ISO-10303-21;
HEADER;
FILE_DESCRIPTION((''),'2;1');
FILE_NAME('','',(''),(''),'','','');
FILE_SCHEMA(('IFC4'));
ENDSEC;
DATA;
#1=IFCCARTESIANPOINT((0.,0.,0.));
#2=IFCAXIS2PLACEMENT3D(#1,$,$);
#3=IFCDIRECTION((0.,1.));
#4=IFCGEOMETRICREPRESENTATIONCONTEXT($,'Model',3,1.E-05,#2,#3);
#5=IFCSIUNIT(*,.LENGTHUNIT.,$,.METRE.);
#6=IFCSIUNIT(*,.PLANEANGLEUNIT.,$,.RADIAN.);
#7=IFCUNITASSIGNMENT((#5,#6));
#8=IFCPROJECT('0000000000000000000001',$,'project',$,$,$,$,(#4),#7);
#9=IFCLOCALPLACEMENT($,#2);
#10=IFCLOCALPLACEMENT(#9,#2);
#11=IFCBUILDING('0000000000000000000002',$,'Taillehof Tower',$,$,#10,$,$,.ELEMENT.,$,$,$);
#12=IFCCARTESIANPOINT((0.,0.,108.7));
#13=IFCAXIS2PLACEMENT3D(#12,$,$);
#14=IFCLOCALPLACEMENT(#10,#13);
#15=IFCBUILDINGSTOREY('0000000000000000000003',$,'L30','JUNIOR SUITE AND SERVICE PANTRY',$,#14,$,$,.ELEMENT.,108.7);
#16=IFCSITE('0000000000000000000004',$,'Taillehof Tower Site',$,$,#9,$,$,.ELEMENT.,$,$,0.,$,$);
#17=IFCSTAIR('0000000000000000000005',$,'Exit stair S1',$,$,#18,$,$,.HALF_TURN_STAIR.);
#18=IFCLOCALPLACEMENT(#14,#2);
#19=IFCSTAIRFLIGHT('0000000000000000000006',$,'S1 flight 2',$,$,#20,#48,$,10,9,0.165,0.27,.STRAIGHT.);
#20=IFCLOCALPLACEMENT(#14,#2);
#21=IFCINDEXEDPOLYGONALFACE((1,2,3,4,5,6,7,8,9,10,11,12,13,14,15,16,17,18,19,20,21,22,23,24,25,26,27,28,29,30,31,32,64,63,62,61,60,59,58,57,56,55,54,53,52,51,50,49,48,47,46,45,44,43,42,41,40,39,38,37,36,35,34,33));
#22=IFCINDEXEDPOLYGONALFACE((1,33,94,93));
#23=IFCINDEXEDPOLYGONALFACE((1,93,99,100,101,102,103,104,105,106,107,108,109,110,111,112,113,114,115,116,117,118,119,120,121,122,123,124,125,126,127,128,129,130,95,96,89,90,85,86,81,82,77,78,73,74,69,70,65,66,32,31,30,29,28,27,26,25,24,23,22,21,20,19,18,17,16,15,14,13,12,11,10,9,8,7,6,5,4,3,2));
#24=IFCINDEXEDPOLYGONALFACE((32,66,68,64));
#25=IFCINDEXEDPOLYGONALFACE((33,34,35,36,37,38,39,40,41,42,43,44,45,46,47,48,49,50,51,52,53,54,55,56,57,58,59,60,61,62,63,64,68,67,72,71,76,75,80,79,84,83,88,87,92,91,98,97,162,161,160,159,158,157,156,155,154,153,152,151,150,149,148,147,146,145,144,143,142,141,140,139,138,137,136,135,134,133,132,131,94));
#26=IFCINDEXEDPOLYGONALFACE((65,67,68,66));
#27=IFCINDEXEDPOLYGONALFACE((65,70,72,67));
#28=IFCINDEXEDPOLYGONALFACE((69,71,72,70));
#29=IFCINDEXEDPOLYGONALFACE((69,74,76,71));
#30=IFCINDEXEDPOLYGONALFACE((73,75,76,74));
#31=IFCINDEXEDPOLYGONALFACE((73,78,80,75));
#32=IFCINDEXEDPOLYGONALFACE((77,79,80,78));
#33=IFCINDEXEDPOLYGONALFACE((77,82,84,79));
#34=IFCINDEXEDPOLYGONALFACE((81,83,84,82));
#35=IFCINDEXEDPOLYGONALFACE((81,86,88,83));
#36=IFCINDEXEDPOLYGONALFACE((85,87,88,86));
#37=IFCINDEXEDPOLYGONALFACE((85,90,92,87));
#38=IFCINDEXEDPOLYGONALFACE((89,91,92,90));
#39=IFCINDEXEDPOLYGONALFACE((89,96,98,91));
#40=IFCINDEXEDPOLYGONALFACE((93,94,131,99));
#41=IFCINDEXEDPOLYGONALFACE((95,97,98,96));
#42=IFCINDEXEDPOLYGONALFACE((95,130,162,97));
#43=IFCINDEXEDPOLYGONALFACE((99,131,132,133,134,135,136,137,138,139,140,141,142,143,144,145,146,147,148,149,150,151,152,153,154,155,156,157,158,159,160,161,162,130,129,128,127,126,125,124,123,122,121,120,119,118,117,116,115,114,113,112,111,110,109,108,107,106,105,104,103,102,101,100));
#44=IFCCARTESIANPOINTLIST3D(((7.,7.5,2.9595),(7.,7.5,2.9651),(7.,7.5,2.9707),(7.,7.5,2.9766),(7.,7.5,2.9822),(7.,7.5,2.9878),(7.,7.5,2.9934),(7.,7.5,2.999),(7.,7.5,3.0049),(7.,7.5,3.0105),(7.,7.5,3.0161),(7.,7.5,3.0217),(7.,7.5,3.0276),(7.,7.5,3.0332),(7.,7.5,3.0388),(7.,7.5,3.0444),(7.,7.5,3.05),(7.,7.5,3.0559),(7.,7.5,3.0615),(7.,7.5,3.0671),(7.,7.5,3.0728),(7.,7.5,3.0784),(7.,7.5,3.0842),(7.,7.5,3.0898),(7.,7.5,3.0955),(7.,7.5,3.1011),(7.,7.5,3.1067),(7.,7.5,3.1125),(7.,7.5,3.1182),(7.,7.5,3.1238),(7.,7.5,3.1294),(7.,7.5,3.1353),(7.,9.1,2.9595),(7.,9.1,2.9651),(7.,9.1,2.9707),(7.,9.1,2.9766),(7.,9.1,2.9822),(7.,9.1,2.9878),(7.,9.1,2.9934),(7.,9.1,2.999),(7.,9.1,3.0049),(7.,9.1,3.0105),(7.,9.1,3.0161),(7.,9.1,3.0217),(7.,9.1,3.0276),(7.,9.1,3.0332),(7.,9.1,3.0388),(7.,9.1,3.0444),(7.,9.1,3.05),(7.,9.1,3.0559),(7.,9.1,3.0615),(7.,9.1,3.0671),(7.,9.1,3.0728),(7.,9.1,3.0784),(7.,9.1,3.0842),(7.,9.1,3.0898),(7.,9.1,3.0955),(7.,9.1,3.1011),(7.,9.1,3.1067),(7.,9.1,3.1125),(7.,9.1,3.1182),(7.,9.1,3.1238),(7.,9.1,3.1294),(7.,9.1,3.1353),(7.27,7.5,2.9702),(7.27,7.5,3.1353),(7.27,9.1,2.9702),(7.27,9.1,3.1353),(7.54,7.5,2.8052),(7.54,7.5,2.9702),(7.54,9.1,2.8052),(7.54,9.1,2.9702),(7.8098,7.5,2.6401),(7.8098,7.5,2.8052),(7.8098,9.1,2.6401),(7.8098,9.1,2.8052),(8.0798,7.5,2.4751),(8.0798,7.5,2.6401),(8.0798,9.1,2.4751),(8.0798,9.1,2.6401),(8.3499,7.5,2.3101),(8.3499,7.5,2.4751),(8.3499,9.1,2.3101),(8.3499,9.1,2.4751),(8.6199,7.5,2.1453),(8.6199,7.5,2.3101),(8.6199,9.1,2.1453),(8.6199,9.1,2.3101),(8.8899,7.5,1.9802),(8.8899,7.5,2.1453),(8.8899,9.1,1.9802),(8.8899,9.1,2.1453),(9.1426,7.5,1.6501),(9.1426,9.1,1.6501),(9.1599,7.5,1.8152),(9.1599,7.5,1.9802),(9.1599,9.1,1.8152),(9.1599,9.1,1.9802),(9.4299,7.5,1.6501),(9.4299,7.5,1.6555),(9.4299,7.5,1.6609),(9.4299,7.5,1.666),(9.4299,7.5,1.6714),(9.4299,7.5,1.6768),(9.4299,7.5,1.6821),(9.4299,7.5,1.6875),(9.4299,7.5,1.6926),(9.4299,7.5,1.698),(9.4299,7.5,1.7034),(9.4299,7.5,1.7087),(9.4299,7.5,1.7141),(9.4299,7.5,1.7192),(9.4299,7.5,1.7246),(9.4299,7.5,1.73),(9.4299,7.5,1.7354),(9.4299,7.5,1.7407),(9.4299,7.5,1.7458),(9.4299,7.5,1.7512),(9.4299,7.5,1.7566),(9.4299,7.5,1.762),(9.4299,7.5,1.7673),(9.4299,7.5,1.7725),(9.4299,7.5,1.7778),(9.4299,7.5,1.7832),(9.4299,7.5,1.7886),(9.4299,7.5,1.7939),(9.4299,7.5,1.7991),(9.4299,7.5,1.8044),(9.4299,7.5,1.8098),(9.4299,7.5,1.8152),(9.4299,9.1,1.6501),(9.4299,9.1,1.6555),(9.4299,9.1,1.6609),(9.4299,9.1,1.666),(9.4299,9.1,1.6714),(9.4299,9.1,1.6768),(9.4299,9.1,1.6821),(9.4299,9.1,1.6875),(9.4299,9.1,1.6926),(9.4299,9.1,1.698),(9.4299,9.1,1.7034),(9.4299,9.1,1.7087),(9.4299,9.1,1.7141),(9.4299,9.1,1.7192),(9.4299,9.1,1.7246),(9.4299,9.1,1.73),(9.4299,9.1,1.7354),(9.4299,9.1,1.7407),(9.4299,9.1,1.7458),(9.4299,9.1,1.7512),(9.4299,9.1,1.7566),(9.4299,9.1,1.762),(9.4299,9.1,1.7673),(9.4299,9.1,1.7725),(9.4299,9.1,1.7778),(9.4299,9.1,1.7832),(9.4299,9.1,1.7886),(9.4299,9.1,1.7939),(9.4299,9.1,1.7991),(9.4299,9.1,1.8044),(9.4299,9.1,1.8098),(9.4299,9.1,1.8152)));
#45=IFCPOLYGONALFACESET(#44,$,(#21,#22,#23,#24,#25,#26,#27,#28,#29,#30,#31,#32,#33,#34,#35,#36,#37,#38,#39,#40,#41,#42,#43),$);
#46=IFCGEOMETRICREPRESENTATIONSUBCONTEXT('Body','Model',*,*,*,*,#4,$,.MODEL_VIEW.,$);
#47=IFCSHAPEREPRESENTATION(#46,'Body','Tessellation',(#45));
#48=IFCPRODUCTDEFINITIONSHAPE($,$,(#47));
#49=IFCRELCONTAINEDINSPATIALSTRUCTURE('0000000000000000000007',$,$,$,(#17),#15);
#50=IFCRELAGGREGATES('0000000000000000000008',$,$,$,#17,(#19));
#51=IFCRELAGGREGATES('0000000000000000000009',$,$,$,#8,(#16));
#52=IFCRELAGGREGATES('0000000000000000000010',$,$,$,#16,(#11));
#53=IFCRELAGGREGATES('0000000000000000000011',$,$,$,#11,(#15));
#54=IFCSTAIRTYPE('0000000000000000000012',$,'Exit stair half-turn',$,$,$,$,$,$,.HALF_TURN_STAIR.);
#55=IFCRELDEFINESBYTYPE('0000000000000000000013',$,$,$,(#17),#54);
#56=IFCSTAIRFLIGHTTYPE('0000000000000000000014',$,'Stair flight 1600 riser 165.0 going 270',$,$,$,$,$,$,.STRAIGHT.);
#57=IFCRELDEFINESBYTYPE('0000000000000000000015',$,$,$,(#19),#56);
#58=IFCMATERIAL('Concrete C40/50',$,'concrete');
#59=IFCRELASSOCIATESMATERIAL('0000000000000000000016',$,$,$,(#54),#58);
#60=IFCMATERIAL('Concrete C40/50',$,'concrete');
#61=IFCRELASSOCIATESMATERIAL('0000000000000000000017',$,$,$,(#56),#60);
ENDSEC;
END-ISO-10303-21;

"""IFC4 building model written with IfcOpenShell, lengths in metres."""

from ifc_helpers import new_model, si_unit, direction, frame, origin, place, context, subcontext, project, spatial, polyline, outline, extrude, material, type_object, element, aggregate, save


model = new_model("IFC4")

# Units and contexts
model_context = context("Model", 3, precision=1e-05, world=origin(), true_north=direction((0.0, 1.0)))
body_context = subcontext(model_context, "Body", "Model", "MODEL_VIEW")
ifc_project = project(units=[si_unit("LENGTHUNIT", "METRE"), si_unit("PLANEANGLEUNIT", "RADIAN")], contexts=[model_context])

# Site, building, storey
site_placement = place(None, origin())
site = spatial("IfcSite", under=ifc_project, at=site_placement, Name="Taillehof Tower Site", CompositionType="ELEMENT", RefElevation=0.0)
building_placement = place(site_placement, origin())
building = spatial("IfcBuilding", under=site, at=building_placement, Name="Taillehof Tower", CompositionType="ELEMENT")
storey_placement = place(building_placement, frame((0.0, 0.0, 108.7)))
storey = spatial("IfcBuildingStorey", under=building, at=storey_placement, Name="L30", Description="JUNIOR SUITE AND SERVICE PANTRY", CompositionType="ELEMENT", Elevation=108.7)

# Stair, stair flight
ifc_material_1 = material(Name="Concrete C40/50", Category="concrete")
stair_type = type_object("IfcStairType", Name="Exit stair half-turn", PredefinedType="HALF_TURN_STAIR", material=ifc_material_1)
stair_placement = place(storey_placement, origin())
stair = element("IfcStair", 1, at=stair_placement, inside=storey, type_object=stair_type, Name="Exit stair S1", PredefinedType="HALF_TURN_STAIR")
ifc_material_2 = material(Name="Concrete C40/50", Category="concrete")
stair_flight_type = type_object("IfcStairFlightType", Name="Stair flight 1600 riser 165.0 going 270", PredefinedType="STRAIGHT", material=ifc_material_2)
stair_flight_placement = place(storey_placement, frame((9.4299, 8.3, 1.6501), z_axis=(0.0, 0.0, 1.0), x_axis=(-1.0, 0.0, 0.0)))
stair_flight = element("IfcStairFlight", 2, at=stair_flight_placement, type_object=stair_flight_type, Name="S1 flight 2", NumberOfRisers=10, NumberOfTreads=9, PredefinedType="STRAIGHT", RiserHeight=0.165, TreadLength=0.27, context=body_context, shape_type="SweptSolid", body=[
    extrude(outline(polyline([(0.0, 0.0), (0.0, 0.0054), (0.0, 0.0107), (0.0, 0.0159), (0.0, 0.0212), (0.0, 0.0266), (0.0, 0.032), (0.0, 0.0374), (0.0, 0.0425), (0.0, 0.0479), (0.0, 0.0532), (0.0, 0.0586), (0.0, 0.064), (0.0, 0.0691), (0.0, 0.0745), (0.0, 0.0798), (0.0, 0.0852), (0.0, 0.0906), (0.0, 0.0957), (0.0, 0.1011), (0.0, 0.1064), (0.0, 0.1118), (0.0, 0.1172), (0.0, 0.1223), (0.0, 0.1277), (0.0, 0.1331), (0.0, 0.1384), (0.0, 0.1438), (0.0, 0.1489), (0.0, 0.1543), (0.0, 0.1597), (0.0, 0.165), (0.27, 0.165), (0.27, 0.3301), (0.54, 0.3301), (0.54, 0.4951), (0.8101, 0.4951), (0.8101, 0.6599), (1.0801, 0.6599), (1.0801, 0.825), (1.3501, 0.825), (1.3501, 0.99), (1.6201, 0.99), (1.6201, 1.155), (1.8899, 1.155), (1.8899, 1.3201), (2.1599, 1.3201), (2.1599, 1.4851), (2.4299, 1.4851), (2.4299, 1.4792), (2.4299, 1.4736), (2.4299, 1.468), (2.4299, 1.4624), (2.4299, 1.4565), (2.4299, 1.4509), (2.4299, 1.4453), (2.4299, 1.4397), (2.4299, 1.4341), (2.4299, 1.4282), (2.4299, 1.4226), (2.4299, 1.417), (2.4299, 1.4114), (2.4299, 1.4058), (2.4299, 1.3999), (2.4299, 1.3943), (2.4299, 1.3887), (2.4299, 1.3831), (2.4299, 1.3774), (2.4299, 1.3716), (2.4299, 1.366), (2.4299, 1.3604), (2.4299, 1.3547), (2.4299, 1.3489), (2.4299, 1.3433), (2.4299, 1.3376), (2.4299, 1.332), (2.4299, 1.3264), (2.4299, 1.3206), (2.4299, 1.3149), (2.4299, 1.3093), (0.2874, 0.0), (0.0, 0.0)])), frame((0.0, 0.8, 0.0), z_axis=(0.0, -1.0, 0.0), x_axis=(1.0, 0.0, 0.0)), (0.0, 0.0, 1.0), 1.6),
])
aggregate(stair, [stair_flight])

save(model, "model.ifc")
